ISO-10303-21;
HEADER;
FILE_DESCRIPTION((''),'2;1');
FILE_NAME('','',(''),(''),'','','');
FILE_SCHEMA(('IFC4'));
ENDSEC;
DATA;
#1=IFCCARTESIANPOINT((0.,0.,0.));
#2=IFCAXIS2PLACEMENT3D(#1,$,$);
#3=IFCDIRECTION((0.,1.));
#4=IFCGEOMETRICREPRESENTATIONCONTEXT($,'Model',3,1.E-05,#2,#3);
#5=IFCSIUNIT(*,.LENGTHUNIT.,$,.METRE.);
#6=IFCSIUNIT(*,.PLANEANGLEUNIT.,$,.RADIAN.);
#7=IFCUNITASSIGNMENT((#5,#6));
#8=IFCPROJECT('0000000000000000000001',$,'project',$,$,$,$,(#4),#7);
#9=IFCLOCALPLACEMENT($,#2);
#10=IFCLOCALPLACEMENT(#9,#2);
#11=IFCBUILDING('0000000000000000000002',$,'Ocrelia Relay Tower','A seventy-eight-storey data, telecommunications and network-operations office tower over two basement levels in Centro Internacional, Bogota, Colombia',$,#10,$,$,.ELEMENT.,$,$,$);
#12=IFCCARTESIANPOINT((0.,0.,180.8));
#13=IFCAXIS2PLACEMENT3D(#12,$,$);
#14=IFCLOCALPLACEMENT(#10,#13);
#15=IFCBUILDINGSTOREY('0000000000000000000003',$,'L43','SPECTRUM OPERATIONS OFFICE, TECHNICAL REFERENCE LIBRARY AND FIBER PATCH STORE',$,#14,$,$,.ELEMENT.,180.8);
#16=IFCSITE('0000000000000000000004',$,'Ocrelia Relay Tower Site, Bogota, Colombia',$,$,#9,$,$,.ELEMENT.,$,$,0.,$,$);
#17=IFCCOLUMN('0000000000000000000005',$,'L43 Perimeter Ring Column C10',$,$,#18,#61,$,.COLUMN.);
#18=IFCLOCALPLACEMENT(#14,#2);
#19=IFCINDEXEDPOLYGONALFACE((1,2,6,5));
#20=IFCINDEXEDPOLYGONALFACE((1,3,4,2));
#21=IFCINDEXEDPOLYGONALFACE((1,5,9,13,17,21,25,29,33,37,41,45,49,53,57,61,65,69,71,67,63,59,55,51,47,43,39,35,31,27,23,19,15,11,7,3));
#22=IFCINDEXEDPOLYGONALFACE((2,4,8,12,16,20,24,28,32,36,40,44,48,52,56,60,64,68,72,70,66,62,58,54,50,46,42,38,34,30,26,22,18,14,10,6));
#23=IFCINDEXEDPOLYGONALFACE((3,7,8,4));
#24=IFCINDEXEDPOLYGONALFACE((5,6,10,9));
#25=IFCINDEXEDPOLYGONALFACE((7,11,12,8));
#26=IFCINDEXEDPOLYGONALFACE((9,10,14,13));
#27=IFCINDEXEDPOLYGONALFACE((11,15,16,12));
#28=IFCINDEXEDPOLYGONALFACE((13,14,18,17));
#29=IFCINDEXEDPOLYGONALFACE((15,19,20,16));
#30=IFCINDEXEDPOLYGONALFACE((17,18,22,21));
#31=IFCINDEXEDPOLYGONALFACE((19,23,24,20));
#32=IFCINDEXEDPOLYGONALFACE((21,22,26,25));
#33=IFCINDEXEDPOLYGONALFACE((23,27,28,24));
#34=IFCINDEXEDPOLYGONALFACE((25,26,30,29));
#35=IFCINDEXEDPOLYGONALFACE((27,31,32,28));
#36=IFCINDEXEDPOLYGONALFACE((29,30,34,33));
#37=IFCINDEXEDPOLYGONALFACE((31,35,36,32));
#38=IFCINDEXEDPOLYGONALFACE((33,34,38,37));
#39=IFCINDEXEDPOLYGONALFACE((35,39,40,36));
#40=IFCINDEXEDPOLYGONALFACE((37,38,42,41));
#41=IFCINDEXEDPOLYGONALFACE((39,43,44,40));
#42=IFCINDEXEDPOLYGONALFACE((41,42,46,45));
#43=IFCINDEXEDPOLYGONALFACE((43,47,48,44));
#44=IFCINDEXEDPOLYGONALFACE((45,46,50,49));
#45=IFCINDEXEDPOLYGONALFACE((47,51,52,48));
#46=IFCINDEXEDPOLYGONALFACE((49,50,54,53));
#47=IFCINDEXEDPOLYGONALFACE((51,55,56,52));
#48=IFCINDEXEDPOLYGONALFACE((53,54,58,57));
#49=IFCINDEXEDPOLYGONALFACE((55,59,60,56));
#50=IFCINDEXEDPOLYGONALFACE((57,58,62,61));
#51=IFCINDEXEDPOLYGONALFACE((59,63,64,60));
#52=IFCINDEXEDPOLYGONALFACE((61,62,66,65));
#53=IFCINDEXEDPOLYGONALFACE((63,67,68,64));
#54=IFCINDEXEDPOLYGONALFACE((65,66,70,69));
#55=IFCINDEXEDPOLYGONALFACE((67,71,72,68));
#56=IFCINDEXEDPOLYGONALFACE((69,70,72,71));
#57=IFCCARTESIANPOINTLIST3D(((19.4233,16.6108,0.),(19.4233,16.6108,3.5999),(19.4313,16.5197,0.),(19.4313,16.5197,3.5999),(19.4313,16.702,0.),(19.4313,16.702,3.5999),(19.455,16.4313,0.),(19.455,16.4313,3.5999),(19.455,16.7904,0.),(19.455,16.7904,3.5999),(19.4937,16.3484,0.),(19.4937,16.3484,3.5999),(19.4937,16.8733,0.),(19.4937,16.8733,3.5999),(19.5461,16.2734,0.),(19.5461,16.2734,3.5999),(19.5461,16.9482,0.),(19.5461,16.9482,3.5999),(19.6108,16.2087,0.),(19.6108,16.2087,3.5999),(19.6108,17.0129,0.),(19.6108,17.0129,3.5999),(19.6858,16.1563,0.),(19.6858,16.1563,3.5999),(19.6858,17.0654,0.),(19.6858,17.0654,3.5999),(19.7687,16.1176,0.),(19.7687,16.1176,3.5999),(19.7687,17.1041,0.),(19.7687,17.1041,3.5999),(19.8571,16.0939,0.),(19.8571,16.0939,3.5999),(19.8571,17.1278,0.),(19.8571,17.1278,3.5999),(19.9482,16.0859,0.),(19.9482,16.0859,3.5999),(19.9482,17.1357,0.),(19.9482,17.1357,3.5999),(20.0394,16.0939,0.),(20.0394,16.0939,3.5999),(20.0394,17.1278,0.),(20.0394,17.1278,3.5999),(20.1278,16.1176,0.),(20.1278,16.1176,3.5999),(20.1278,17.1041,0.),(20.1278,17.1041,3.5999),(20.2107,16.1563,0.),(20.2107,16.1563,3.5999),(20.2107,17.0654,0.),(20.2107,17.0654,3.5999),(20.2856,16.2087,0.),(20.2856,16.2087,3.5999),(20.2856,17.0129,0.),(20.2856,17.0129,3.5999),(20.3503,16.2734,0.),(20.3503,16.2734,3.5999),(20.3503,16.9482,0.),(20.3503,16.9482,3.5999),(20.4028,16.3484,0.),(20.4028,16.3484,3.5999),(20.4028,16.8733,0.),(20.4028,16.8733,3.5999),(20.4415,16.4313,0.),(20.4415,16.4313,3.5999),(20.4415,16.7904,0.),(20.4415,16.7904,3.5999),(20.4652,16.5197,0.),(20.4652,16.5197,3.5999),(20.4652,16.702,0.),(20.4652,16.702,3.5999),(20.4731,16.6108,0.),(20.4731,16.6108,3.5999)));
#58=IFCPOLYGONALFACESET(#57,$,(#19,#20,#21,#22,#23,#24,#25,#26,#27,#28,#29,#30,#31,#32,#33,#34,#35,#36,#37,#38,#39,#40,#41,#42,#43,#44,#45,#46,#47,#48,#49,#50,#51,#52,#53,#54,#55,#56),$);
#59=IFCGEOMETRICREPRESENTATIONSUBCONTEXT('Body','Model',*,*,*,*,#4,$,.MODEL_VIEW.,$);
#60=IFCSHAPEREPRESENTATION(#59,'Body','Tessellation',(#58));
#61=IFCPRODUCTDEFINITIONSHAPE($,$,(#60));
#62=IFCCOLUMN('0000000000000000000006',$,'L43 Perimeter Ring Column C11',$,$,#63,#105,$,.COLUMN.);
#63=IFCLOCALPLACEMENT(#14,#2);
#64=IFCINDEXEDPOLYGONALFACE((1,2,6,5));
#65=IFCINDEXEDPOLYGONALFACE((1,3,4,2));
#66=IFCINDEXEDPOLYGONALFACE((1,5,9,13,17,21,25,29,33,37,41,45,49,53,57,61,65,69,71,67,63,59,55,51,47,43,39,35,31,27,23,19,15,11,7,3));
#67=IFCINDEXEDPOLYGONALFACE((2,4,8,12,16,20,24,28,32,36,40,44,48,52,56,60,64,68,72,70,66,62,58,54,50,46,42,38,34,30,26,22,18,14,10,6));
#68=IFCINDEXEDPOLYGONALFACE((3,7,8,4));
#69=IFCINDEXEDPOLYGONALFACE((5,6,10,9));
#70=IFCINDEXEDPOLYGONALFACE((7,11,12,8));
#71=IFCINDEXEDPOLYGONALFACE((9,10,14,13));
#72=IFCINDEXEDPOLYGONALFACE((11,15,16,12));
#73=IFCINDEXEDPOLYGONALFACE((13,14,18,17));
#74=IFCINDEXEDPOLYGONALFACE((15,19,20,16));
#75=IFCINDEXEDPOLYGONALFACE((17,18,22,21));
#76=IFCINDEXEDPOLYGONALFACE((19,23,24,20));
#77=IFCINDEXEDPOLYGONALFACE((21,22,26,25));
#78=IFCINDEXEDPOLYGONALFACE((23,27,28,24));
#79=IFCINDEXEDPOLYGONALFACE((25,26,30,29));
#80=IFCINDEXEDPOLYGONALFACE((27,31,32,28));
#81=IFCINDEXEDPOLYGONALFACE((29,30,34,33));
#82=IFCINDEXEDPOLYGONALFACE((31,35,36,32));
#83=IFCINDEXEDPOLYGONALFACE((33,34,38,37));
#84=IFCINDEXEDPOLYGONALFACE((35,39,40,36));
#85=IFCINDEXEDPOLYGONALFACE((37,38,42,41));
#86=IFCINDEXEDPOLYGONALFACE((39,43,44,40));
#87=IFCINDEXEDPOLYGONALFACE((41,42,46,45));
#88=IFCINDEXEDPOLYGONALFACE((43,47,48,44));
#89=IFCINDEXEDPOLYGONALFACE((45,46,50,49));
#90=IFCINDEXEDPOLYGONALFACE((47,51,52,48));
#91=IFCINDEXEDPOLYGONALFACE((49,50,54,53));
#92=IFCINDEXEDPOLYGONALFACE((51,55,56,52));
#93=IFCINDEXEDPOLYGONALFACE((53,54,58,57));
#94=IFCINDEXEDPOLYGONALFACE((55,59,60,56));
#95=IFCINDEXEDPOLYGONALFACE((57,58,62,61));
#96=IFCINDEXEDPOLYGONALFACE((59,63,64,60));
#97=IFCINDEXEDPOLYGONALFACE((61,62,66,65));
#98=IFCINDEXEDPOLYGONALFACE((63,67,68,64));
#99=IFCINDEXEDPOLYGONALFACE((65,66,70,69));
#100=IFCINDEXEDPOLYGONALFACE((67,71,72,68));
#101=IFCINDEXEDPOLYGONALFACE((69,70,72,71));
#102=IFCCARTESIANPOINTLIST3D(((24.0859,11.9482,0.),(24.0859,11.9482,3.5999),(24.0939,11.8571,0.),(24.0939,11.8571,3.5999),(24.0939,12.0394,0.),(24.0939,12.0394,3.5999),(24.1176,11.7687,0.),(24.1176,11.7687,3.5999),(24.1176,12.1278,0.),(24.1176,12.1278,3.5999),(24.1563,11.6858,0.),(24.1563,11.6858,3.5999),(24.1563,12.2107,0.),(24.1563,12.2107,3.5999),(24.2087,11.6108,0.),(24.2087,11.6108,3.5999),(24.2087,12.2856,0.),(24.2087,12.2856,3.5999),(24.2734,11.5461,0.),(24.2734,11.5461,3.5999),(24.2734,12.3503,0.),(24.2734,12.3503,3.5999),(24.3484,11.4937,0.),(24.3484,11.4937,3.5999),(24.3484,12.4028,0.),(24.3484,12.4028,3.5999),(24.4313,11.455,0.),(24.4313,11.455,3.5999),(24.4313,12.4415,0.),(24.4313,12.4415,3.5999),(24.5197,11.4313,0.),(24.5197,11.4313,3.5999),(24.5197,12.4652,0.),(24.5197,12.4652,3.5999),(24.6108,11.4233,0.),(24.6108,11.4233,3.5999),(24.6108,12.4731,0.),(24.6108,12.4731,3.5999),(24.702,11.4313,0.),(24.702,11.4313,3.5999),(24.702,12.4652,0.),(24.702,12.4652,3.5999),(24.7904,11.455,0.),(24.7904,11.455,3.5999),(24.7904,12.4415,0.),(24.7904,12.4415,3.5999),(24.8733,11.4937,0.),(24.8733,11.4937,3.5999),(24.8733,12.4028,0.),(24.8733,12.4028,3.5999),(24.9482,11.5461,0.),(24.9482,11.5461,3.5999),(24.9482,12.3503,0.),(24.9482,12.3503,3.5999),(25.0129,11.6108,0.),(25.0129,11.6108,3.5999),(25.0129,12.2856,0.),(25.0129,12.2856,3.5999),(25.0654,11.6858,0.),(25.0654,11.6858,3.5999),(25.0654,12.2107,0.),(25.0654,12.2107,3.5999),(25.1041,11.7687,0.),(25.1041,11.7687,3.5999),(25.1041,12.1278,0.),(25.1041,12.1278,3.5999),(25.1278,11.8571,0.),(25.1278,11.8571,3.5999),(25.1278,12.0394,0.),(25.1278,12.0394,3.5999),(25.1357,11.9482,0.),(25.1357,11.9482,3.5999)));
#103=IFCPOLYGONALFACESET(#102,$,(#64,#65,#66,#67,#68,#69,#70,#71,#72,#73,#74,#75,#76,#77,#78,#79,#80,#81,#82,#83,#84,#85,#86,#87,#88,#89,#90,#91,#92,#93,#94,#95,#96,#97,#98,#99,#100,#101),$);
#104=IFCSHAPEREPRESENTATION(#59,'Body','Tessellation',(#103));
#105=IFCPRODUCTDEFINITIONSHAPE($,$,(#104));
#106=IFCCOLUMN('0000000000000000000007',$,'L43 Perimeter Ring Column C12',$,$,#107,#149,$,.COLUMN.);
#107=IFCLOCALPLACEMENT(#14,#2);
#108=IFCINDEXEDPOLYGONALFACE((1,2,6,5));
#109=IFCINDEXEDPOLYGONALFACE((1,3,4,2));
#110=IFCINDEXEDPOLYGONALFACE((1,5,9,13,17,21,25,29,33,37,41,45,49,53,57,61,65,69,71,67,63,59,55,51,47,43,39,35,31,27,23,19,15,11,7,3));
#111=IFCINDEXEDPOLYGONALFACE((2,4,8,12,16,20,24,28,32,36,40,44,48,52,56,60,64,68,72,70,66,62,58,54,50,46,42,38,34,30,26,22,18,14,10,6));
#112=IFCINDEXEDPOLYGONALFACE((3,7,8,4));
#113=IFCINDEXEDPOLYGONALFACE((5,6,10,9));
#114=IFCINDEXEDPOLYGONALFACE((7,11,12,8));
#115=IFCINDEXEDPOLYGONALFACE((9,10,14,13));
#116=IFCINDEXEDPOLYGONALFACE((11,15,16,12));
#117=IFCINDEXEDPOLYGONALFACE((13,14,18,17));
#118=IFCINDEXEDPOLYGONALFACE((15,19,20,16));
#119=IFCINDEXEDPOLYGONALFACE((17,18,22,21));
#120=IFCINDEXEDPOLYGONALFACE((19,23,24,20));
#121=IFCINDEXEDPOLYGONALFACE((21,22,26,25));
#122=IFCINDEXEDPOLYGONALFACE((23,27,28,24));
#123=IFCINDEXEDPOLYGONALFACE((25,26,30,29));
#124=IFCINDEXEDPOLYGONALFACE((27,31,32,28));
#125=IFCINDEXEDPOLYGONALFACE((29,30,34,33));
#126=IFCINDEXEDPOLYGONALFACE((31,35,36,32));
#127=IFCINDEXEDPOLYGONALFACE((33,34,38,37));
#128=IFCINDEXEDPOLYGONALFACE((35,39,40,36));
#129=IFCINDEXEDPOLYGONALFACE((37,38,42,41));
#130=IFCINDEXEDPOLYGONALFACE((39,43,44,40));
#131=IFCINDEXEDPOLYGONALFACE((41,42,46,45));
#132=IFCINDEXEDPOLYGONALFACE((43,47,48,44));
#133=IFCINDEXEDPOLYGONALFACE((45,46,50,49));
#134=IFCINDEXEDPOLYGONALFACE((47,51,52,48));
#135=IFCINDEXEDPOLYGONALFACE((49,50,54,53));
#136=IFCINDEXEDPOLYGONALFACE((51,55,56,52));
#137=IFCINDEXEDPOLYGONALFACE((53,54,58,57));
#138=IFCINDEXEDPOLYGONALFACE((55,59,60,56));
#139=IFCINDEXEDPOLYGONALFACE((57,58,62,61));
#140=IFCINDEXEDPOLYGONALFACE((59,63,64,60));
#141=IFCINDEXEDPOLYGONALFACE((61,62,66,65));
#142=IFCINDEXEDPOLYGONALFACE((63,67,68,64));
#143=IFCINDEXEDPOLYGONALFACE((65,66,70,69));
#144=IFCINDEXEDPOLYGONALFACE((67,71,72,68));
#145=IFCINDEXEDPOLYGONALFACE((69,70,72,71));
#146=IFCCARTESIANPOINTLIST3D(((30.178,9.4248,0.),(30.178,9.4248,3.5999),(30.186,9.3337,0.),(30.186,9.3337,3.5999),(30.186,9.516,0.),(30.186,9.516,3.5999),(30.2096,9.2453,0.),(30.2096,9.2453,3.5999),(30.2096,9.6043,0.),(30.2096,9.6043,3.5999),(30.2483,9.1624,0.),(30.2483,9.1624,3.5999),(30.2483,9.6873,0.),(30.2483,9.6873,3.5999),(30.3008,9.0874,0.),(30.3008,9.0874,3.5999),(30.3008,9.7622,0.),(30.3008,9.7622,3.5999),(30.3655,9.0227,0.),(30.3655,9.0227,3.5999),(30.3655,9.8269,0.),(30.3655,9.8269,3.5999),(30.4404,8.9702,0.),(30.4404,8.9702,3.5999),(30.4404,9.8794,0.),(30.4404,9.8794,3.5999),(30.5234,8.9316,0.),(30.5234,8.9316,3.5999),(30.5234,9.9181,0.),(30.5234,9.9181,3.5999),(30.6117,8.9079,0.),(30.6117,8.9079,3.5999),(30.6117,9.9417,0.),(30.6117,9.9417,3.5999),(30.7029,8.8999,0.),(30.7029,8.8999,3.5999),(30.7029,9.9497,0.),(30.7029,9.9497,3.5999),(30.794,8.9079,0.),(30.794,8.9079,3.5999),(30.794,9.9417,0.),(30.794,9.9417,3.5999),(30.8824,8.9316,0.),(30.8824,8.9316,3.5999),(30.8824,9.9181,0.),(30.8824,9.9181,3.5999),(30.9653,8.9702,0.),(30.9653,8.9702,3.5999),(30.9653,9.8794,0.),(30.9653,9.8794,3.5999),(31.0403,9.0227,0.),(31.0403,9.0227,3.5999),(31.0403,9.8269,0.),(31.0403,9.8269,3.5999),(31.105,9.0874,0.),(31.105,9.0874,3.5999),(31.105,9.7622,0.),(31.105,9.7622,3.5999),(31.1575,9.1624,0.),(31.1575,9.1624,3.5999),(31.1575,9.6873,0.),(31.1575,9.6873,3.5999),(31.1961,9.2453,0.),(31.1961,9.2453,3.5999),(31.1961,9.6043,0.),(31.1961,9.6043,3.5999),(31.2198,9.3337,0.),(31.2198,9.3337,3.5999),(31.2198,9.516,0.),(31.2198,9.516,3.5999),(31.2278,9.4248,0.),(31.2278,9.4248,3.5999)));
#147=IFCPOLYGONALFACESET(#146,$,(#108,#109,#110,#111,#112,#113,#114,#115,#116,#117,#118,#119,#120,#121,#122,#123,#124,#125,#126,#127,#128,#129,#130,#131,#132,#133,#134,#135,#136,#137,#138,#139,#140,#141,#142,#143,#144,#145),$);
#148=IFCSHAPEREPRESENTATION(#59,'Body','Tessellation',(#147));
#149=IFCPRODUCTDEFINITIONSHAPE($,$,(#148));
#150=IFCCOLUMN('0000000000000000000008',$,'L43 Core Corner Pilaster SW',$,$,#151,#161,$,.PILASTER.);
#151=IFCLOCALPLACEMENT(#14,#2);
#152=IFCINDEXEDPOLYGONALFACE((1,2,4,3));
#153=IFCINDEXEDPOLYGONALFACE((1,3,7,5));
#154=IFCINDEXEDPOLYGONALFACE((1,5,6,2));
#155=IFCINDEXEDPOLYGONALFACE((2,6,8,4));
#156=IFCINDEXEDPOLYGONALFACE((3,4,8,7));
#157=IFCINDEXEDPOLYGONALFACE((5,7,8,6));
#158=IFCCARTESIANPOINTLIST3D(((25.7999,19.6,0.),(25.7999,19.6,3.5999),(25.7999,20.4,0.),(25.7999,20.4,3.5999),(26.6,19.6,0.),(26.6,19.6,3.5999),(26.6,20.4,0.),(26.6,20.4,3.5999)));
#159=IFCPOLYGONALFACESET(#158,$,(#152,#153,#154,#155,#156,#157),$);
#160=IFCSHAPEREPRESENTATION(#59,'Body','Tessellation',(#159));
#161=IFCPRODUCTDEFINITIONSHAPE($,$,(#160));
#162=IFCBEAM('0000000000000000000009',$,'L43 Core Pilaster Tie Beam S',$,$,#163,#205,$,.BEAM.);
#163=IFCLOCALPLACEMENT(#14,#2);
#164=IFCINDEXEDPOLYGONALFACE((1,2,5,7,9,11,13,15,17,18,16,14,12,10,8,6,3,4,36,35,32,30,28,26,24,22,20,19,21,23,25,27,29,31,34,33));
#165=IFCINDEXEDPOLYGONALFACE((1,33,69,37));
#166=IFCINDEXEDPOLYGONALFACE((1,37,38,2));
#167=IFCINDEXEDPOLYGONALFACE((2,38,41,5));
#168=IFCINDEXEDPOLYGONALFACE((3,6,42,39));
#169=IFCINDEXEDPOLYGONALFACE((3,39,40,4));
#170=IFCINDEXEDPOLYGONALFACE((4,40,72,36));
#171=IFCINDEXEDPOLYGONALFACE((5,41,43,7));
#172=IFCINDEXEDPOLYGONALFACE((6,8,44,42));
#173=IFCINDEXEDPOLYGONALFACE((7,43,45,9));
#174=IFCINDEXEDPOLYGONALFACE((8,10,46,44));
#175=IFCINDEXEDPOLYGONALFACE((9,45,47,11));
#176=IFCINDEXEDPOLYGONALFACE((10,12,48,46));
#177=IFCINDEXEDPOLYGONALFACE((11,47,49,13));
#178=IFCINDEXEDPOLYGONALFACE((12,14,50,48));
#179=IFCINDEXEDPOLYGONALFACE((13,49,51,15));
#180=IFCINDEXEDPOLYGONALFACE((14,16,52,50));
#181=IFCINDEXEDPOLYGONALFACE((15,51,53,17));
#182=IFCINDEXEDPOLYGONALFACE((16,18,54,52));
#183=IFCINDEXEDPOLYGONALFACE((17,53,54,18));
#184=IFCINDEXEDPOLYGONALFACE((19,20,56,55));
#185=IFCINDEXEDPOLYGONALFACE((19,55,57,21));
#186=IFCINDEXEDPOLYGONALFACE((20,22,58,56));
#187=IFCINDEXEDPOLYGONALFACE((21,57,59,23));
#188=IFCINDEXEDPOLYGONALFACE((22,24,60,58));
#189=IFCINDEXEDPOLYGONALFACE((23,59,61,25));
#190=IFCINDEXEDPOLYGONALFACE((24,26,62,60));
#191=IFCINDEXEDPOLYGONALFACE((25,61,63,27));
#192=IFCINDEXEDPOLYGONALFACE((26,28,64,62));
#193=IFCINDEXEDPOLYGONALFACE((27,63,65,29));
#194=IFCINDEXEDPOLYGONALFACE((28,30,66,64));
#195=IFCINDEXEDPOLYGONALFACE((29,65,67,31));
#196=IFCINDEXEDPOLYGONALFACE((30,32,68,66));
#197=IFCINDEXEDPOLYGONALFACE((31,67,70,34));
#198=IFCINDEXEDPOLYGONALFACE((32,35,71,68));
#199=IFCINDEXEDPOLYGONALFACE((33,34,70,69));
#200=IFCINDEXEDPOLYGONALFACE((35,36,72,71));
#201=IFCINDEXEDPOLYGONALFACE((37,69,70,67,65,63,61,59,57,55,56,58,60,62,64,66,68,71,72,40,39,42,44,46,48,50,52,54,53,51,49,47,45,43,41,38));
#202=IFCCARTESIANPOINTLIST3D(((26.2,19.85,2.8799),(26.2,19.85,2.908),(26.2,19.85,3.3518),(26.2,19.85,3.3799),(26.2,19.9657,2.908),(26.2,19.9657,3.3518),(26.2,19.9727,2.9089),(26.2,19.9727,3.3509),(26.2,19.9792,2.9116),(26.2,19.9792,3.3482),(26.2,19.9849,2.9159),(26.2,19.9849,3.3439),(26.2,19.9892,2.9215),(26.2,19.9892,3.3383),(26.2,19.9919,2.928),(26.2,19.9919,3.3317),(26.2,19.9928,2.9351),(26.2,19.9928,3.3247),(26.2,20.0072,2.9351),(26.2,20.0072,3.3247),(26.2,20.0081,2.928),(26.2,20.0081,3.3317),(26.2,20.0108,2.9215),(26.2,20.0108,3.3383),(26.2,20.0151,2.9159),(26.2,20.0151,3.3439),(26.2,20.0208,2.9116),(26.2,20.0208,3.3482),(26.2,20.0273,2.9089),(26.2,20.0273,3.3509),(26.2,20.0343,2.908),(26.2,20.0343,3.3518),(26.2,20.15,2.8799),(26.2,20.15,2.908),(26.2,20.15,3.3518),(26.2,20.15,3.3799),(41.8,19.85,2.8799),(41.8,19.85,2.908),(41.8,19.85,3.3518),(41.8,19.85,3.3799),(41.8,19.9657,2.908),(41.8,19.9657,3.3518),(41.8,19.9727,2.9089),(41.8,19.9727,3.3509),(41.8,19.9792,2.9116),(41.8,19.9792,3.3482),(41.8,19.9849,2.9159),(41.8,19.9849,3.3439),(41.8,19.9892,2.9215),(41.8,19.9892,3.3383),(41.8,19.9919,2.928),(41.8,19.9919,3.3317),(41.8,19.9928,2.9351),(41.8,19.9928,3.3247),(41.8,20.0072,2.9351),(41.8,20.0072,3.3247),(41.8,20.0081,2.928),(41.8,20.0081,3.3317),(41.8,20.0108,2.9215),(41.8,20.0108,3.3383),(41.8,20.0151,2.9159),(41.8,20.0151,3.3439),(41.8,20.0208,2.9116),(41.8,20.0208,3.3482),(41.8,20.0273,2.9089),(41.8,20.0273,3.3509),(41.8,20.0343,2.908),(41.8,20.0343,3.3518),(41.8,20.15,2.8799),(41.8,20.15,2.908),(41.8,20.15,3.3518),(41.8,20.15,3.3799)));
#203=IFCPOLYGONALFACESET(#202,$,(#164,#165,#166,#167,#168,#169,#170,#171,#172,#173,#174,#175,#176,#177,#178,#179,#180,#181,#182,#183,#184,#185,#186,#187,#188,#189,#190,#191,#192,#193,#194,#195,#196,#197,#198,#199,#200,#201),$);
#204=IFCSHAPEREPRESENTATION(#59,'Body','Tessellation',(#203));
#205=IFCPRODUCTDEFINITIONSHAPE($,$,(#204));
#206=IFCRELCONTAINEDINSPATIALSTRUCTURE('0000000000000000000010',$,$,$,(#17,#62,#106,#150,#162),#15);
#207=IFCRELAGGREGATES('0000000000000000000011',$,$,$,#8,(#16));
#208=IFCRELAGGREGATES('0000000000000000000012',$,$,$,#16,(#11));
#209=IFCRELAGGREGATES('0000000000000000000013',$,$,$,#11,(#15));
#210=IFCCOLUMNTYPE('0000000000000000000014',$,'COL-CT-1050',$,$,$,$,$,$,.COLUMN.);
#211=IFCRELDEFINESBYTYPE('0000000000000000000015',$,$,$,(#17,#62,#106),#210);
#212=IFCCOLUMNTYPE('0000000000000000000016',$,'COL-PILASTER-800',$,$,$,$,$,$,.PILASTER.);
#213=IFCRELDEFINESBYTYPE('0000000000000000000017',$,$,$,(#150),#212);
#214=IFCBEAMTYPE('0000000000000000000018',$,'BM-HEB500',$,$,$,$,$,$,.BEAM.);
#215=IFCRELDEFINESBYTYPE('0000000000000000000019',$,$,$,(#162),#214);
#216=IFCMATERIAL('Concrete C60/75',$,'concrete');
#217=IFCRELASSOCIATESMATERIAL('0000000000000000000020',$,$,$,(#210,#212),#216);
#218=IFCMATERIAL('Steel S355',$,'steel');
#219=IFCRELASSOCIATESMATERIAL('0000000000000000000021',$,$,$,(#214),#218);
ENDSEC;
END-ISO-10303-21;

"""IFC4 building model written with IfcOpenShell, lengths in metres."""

from ifc_helpers import new_model, si_unit, direction, frame, origin, origin_2d, place, context, subcontext, project, spatial, rectangle, circle, i_section, extrude, material, material_profile, profile_set, type_object, element, save


model = new_model("IFC4")

# Units and contexts
model_context = context("Model", 3, precision=1e-05, world=origin(), true_north=direction((0.0, 1.0)))
body_context = subcontext(model_context, "Body", "Model", "MODEL_VIEW")
ifc_project = project(units=[si_unit("LENGTHUNIT", "METRE"), si_unit("PLANEANGLEUNIT", "RADIAN")], contexts=[model_context])

# Site, building, storey
site_placement = place(None, origin())
site = spatial("IfcSite", under=ifc_project, at=site_placement, Name="Ocrelia Relay Tower Site, Bogota, Colombia", CompositionType="ELEMENT", RefElevation=0.0)
building_placement = place(site_placement, origin())
building = spatial("IfcBuilding", under=site, at=building_placement, Name="Ocrelia Relay Tower", Description="A seventy-eight-storey data, telecommunications and network-operations office tower over two basement levels in Centro Internacional, Bogota, Colombia", CompositionType="ELEMENT")
storey_placement = place(building_placement, frame((0.0, 0.0, 180.8)))
storey = spatial("IfcBuildingStorey", under=building, at=storey_placement, Name="L43", Description="SPECTRUM OPERATIONS OFFICE, TECHNICAL REFERENCE LIBRARY AND FIBER PATCH STORE", CompositionType="ELEMENT", Elevation=180.8)

# Columns
ifc_material_1 = material(Name="Concrete C60/75", Category="concrete")
ifc_material_profile_1 = material_profile(ifc_material_1, circle(Radius=0.5249, at=origin_2d()), Name="RC-CIR-1050")
ifc_profile_set_1 = profile_set([ifc_material_profile_1], Name="Concrete C60/75")
column_type_1 = type_object("IfcColumnType", Name="COL-CT-1050", PredefinedType="COLUMN", material=ifc_profile_set_1)
for number, where, z_axis, x_axis, name in (
    (1, (19.9482, 16.6108, 0.0), (0.0, 0.0, 1.0), (1.0, 0.0, 0.0), "L43 Perimeter Ring Column C10"),
    (2, (24.6108, 11.9482, 0.0), (0.0, 0.0, 1.0), (1.0, 0.0, 0.0), "L43 Perimeter Ring Column C11"),
    (3, (30.7029, 9.4248, 0.0), (0.0, 0.0, 1.0), (1.0, 0.0, 0.0), "L43 Perimeter Ring Column C12"),
):
    element("IfcColumn", number, at=place(storey_placement, frame(where, z_axis=z_axis, x_axis=x_axis)), inside=storey, type_object=column_type_1, Name=name, PredefinedType="COLUMN", context=body_context, shape_type="SweptSolid", body=[
        extrude(circle(Radius=0.5249, at=origin_2d()), origin(), (0.0, 0.0, 1.0), 3.5999),
    ])
ifc_material_profile_2 = material_profile(ifc_material_1, rectangle(XDim=0.8, YDim=0.8, at=origin_2d()), Name="RC-COL-800x800")
ifc_profile_set_2 = profile_set([ifc_material_profile_2], Name="Concrete C60/75")
column_type_2 = type_object("IfcColumnType", Name="COL-PILASTER-800", PredefinedType="PILASTER", material=ifc_profile_set_2)
column_placement = place(storey_placement, frame((26.2, 20.0, 0.0), z_axis=(0.0, 0.0, 1.0), x_axis=(1.0, 0.0, 0.0)))
element("IfcColumn", 4, at=column_placement, inside=storey, type_object=column_type_2, Name="L43 Core Corner Pilaster SW", PredefinedType="PILASTER", context=body_context, shape_type="SweptSolid", body=[
    extrude(rectangle(XDim=0.8, YDim=0.8, at=origin_2d()), origin(), (0.0, 0.0, 1.0), 3.5999),
])

# Beam
ifc_material_2 = material(Name="Steel S355", Category="steel")
ifc_material_profile_3 = material_profile(ifc_material_2, i_section(OverallWidth=0.3, OverallDepth=0.5, WebThickness=0.0144, FlangeThickness=0.0281, FilletRadius=0.0271, at=origin_2d()), Name="HEB 500")
ifc_profile_set_3 = profile_set([ifc_material_profile_3], Name="Steel S355")
beam_type_1 = type_object("IfcBeamType", Name="BM-HEB500", PredefinedType="BEAM", material=ifc_profile_set_3)
beam_1_placement = place(storey_placement, frame((26.2, 20.0, 3.1299), z_axis=(1.0, 0.0, 0.0), x_axis=(0.0, 1.0, 0.0)))
element("IfcBeam", 5, at=beam_1_placement, inside=storey, type_object=beam_type_1, Name="L43 Core Pilaster Tie Beam S", PredefinedType="BEAM", context=body_context, shape_type="SweptSolid", body=[
    extrude(i_section(OverallWidth=0.3, OverallDepth=0.5, WebThickness=0.0144, FlangeThickness=0.0281, FilletRadius=0.0271, at=origin_2d()), origin(), (0.0, 0.0, 1.0), 15.6001),
])

save(model, "model.ifc")
